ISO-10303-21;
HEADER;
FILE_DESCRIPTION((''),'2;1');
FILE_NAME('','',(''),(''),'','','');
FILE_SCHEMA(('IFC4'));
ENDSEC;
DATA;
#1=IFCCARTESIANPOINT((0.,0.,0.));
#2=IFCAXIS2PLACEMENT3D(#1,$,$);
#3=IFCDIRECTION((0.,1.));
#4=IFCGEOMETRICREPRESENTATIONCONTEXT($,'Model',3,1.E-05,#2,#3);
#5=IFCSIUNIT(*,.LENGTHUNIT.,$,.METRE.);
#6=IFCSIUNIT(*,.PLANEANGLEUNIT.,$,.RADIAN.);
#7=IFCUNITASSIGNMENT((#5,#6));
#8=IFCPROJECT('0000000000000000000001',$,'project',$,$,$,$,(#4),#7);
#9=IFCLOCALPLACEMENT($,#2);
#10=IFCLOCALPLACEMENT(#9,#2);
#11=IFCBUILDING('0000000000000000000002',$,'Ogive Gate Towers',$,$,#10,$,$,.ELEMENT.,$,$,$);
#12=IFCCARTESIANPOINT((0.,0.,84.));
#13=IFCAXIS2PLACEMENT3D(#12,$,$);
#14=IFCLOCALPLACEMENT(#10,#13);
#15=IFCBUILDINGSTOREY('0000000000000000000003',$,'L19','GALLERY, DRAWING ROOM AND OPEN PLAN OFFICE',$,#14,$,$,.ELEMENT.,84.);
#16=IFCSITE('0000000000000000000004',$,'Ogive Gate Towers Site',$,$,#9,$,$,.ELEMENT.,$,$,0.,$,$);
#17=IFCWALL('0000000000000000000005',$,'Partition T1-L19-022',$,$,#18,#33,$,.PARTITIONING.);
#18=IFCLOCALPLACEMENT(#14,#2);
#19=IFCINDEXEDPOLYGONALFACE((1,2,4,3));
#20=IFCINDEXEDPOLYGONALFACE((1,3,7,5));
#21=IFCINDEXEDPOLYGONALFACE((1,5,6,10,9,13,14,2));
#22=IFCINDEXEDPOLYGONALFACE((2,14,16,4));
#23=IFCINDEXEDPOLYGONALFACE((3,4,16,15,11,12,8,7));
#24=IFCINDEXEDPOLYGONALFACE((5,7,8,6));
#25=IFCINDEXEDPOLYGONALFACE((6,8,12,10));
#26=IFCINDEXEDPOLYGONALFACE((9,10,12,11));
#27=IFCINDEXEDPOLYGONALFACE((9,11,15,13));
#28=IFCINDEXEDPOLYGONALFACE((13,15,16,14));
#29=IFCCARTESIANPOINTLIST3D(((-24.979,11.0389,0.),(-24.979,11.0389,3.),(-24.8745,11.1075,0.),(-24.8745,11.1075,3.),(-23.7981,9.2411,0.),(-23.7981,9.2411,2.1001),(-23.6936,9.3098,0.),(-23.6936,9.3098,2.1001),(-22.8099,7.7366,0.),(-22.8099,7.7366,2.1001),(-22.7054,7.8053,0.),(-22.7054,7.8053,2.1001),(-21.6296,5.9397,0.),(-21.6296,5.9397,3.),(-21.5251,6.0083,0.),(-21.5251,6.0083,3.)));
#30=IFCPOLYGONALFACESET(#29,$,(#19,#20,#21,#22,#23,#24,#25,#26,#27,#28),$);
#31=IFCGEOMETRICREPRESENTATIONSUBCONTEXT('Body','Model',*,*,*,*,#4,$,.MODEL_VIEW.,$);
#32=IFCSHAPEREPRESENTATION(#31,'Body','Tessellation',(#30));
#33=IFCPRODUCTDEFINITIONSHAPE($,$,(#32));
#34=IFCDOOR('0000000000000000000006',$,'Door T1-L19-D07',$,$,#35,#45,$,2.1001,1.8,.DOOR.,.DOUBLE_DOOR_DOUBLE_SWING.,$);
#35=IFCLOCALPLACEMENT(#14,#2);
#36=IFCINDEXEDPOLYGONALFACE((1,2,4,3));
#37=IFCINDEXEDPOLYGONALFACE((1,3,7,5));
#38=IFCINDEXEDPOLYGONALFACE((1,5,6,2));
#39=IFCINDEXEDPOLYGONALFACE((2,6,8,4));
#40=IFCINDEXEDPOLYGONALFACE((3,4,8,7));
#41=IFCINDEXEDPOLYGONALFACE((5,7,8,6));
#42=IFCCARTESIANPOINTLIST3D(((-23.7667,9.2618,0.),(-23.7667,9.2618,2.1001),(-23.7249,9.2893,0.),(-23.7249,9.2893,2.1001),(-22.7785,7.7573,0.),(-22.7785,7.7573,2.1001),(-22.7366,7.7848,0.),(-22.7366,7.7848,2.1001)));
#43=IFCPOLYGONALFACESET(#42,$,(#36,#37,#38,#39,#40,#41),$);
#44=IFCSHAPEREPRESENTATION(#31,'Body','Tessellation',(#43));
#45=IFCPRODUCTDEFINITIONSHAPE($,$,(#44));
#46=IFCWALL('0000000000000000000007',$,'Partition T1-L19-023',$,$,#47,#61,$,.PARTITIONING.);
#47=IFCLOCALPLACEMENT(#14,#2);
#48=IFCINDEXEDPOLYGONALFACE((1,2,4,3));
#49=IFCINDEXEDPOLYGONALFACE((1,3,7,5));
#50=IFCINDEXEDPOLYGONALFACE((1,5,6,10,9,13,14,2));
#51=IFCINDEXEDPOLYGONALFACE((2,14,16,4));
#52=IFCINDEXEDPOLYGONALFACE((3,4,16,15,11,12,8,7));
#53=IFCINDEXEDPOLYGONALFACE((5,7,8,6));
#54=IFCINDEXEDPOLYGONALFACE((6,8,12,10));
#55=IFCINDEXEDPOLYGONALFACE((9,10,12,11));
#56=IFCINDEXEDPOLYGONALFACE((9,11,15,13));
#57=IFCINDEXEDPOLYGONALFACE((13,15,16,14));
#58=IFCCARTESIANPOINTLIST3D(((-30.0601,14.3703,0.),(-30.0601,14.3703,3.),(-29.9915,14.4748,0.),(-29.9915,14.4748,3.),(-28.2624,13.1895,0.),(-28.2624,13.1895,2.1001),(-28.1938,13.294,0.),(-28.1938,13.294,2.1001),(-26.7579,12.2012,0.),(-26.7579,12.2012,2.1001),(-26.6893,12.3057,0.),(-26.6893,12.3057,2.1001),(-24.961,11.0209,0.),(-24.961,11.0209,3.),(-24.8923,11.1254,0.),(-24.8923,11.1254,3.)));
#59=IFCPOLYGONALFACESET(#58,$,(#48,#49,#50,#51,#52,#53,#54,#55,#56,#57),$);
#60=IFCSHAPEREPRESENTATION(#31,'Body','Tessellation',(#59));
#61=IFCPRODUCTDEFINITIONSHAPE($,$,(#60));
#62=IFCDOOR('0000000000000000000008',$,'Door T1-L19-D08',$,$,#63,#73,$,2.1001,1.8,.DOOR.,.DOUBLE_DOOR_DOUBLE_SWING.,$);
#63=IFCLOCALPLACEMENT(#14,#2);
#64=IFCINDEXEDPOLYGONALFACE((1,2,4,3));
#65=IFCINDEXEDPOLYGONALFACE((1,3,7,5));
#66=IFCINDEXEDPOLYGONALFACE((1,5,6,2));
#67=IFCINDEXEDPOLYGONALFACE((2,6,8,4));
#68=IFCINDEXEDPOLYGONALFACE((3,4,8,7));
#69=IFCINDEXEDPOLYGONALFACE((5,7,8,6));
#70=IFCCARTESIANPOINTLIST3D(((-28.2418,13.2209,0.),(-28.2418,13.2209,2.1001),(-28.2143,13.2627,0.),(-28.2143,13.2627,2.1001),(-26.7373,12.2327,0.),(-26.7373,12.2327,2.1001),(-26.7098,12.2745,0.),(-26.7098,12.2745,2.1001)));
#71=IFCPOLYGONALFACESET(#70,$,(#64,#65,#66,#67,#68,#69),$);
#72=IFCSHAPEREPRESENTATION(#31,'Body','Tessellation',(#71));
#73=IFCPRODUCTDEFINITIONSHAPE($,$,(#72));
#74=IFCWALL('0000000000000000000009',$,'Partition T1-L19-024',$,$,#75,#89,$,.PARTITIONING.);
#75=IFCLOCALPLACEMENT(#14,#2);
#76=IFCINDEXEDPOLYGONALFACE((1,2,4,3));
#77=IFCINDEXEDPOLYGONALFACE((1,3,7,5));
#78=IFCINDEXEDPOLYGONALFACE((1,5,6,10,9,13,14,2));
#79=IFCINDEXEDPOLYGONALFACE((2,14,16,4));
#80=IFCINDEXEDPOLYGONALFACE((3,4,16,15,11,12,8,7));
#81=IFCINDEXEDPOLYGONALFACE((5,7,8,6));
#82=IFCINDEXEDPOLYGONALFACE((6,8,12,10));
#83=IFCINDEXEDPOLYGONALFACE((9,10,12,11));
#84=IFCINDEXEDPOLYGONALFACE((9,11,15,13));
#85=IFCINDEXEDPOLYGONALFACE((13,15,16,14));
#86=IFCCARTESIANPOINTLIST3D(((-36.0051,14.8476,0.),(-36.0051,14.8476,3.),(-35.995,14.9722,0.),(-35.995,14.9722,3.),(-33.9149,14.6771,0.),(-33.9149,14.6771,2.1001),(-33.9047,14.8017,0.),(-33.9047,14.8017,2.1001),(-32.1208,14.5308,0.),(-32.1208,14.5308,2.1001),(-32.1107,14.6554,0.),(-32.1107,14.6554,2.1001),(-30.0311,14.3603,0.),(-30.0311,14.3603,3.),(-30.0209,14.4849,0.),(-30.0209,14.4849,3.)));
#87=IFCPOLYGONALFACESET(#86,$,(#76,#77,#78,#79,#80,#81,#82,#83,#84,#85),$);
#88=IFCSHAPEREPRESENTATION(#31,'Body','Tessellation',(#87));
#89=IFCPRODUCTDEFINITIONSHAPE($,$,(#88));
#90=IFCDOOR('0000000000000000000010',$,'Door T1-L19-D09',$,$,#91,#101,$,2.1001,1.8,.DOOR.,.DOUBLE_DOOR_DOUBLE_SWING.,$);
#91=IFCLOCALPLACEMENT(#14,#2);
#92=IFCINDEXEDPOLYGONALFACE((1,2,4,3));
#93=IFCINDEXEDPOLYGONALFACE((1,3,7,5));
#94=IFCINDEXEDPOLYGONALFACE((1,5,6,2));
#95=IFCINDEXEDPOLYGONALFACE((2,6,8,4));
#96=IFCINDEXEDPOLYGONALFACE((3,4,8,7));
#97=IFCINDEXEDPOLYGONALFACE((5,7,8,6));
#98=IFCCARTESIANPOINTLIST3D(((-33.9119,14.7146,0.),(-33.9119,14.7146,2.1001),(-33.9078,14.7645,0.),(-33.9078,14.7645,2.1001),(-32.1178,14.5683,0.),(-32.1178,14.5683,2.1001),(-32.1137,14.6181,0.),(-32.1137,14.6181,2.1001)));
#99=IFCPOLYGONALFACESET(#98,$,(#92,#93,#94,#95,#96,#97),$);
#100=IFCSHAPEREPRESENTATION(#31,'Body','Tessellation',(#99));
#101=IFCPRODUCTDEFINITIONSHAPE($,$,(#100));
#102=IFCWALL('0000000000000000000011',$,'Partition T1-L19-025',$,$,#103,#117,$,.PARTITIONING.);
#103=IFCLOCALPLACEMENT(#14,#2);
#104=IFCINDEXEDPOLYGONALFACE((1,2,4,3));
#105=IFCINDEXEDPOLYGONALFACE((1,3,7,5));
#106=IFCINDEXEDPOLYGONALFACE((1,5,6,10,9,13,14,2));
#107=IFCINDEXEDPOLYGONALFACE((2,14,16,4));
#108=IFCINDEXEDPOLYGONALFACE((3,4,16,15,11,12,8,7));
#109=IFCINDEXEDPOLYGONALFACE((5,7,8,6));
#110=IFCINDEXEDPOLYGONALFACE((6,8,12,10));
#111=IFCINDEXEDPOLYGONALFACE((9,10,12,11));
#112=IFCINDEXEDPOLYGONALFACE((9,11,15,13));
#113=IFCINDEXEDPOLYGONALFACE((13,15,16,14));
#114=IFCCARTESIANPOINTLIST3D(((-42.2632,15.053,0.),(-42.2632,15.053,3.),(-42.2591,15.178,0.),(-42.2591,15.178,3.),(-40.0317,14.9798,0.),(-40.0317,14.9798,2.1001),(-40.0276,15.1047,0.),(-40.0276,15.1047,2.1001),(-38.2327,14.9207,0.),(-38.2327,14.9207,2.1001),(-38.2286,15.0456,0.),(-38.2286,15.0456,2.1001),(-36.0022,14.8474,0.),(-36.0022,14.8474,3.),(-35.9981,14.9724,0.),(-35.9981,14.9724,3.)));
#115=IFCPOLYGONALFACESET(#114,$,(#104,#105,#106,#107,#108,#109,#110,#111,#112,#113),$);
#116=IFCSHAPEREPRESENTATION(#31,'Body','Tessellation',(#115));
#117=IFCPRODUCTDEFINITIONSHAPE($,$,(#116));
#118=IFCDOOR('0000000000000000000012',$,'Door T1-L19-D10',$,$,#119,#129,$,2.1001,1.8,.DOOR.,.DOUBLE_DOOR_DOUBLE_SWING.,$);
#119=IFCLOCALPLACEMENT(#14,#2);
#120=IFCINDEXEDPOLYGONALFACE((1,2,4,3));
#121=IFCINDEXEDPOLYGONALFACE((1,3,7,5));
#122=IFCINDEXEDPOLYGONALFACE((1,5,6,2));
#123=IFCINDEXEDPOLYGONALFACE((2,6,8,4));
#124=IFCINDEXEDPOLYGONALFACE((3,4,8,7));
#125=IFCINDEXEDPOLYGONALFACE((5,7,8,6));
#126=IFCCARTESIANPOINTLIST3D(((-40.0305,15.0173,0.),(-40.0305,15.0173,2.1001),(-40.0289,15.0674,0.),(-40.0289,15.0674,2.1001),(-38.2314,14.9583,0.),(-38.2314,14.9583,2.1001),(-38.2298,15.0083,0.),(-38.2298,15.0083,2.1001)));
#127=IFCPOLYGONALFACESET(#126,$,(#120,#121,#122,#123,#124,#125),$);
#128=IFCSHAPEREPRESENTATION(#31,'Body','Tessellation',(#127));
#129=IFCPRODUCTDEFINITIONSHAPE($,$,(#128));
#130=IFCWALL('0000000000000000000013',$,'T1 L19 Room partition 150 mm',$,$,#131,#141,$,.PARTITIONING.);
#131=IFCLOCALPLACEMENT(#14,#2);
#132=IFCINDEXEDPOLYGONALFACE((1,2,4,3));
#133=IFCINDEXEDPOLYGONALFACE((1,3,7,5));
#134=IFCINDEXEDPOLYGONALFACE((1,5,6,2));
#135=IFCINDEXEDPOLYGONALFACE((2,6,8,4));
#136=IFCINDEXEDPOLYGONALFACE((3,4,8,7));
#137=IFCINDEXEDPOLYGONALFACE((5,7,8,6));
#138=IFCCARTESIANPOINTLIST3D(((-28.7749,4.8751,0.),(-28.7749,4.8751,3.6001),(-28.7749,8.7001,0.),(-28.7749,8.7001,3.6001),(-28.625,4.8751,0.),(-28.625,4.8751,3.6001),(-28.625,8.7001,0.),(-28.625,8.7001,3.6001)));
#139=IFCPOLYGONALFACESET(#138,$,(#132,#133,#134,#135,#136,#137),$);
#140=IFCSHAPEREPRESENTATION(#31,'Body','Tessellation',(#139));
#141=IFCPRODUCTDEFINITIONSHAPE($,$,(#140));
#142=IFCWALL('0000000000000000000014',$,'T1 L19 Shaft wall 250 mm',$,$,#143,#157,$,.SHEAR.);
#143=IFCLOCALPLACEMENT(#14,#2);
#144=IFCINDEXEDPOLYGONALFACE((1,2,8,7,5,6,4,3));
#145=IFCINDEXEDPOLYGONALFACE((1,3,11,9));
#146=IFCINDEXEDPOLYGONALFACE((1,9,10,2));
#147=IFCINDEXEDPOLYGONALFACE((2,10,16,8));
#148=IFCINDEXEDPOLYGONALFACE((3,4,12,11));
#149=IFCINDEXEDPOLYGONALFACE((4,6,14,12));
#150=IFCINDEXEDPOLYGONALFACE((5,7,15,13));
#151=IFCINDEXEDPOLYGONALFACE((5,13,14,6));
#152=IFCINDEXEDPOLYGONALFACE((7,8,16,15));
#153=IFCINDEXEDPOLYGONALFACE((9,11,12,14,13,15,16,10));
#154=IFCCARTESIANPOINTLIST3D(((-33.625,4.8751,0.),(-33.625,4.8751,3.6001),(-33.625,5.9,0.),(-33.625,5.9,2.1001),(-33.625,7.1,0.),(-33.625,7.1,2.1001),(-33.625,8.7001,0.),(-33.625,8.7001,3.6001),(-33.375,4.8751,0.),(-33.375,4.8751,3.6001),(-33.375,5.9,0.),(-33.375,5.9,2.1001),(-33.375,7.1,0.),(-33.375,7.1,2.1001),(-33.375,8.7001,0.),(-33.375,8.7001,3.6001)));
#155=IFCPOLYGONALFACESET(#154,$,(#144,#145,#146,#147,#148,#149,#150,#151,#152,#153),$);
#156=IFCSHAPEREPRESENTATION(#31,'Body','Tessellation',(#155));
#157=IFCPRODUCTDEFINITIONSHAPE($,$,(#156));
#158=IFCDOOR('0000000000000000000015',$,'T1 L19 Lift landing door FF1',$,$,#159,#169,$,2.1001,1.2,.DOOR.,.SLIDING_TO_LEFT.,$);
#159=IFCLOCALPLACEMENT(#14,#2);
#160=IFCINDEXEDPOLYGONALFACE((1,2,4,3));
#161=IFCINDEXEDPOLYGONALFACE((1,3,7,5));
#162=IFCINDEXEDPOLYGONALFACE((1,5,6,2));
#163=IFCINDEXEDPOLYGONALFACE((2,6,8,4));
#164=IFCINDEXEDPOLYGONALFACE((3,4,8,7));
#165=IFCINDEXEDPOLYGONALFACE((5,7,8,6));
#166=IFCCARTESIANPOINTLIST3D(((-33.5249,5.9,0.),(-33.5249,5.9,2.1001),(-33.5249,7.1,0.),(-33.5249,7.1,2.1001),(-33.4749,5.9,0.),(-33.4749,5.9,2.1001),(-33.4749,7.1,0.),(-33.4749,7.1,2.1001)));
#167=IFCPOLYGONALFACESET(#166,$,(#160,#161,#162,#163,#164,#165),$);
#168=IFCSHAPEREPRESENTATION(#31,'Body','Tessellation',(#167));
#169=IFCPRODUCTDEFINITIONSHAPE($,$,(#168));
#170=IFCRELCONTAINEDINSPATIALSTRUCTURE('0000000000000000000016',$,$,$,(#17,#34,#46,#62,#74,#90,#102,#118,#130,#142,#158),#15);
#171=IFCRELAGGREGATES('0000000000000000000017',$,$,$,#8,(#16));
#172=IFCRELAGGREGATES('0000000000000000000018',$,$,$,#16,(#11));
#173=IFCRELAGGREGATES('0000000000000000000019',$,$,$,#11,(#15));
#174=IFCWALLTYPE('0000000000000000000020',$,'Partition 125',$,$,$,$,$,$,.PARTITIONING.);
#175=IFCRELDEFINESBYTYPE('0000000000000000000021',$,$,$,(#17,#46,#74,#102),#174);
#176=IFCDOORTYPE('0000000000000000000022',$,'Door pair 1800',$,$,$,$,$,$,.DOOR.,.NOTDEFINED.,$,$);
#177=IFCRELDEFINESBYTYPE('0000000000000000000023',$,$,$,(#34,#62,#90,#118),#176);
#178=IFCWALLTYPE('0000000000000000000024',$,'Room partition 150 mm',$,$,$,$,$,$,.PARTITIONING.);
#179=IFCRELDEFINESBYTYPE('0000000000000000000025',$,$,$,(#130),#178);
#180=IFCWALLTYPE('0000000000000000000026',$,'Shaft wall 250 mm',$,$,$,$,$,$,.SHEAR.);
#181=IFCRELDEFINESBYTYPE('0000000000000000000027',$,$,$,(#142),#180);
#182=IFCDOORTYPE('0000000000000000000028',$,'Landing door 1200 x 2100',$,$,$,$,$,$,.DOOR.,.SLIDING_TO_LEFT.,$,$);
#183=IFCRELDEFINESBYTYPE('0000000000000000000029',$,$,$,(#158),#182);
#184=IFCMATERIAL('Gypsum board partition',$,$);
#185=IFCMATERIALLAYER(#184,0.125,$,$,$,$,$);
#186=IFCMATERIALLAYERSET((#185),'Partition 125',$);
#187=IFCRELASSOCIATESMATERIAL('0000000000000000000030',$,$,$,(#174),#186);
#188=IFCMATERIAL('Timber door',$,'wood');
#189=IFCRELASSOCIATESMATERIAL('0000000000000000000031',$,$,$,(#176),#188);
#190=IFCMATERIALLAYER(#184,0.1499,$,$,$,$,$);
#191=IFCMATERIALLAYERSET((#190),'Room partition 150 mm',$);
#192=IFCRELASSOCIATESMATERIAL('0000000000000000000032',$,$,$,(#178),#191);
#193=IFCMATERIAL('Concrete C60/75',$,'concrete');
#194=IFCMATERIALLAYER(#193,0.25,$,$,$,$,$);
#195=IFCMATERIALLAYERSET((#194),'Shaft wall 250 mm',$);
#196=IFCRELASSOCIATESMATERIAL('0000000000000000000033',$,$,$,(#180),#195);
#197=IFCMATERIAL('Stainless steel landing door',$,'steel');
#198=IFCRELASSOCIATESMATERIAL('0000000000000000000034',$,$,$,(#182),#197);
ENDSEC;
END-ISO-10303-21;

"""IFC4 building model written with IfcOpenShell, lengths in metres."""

from ifc_helpers import new_model, si_unit, direction, frame, frame_2d, origin, place, context, subcontext, project, spatial, rectangle, extrude, material, layer, layer_set, type_object, element, fill, save


model = new_model("IFC4")

# Units and contexts
model_context = context("Model", 3, precision=1e-05, world=origin(), true_north=direction((0.0, 1.0)))
body_context = subcontext(model_context, "Body", "Model", "MODEL_VIEW")
ifc_project = project(units=[si_unit("LENGTHUNIT", "METRE"), si_unit("PLANEANGLEUNIT", "RADIAN")], contexts=[model_context])

# Site, building, storey
site_placement = place(None, origin())
site = spatial("IfcSite", under=ifc_project, at=site_placement, Name="Ogive Gate Towers Site", CompositionType="ELEMENT", RefElevation=0.0)
building_placement = place(site_placement, origin())
building = spatial("IfcBuilding", under=site, at=building_placement, Name="Ogive Gate Towers", CompositionType="ELEMENT")
storey_placement = place(building_placement, frame((0.0, 0.0, 84.0)))
storey = spatial("IfcBuildingStorey", under=building, at=storey_placement, Name="L19", Description="GALLERY, DRAWING ROOM AND OPEN PLAN OFFICE", CompositionType="ELEMENT", Elevation=84.0)

# Shared definitions
ifc_material_1 = material(Name="Gypsum board partition")
ifc_layer_1 = layer(ifc_material_1, 0.125)
ifc_layer_set_1 = layer_set([ifc_layer_1], Name="Partition 125")
wall_type_1 = type_object("IfcWallType", Name="Partition 125", PredefinedType="PARTITIONING", material=ifc_layer_set_1)

# Walls, openings, doors
wall_1_placement = place(storey_placement, frame((-21.5774, 5.9741, 0.0), z_axis=(0.0, 0.0, 1.0), x_axis=(-0.549008, 0.835817, 0.0)))
wall_1 = element("IfcWall", 1, at=wall_1_placement, inside=storey, type_object=wall_type_1, Name="Partition T1-L19-022", PredefinedType="PARTITIONING", context=body_context, shape_type="SweptSolid", body=[
    extrude(rectangle(XDim=6.1008, YDim=0.125, at=frame_2d((3.0503, 0.0))), origin(), (0.0, 0.0, 1.0), 3.0),
])
opening_1_placement = place(wall_1_placement, frame((2.1499, 0.0, 0.0)))
opening_1 = element("IfcOpeningElement", 2, at=opening_1_placement, cuts=wall_1, PredefinedType="OPENING", context=body_context, shape_type="SweptSolid", body=[
    extrude(rectangle(XDim=1.8, YDim=2.1001, at=frame_2d((0.8999, 1.05))), frame((0.0, 0.0725, 0.0), z_axis=(0.0, -1.0, 0.0), x_axis=(1.0, 0.0, 0.0)), (0.0, 0.0, 1.0), 0.145),
])
ifc_material_2 = material(Name="Timber door", Category="wood")
door_type_1 = type_object("IfcDoorType", Name="Door pair 1800", OperationType="NOTDEFINED", PredefinedType="DOOR", material=ifc_material_2)
door_1_placement = place(opening_1_placement, origin())
door_1 = element("IfcDoor", 3, at=door_1_placement, inside=storey, type_object=door_type_1, Name="Door T1-L19-D07", OperationType="DOUBLE_DOOR_DOUBLE_SWING", OverallHeight=2.1001, OverallWidth=1.8, PredefinedType="DOOR", context=body_context, shape_type="SweptSolid", body=[
    extrude(rectangle(XDim=1.8, YDim=2.1001, at=frame_2d((0.8999, 1.05))), frame((0.0, 0.0249, 0.0), z_axis=(0.0, -1.0, 0.0), x_axis=(1.0, 0.0, 0.0)), (0.0, 0.0, 1.0), 0.05),
])
fill(opening_1, door_1)
wall_2_placement = place(storey_placement, frame((-24.9268, 11.0732, 0.0), z_axis=(0.0, 0.0, 1.0), x_axis=(-0.835817, 0.549008, 0.0)))
wall_2 = element("IfcWall", 4, at=wall_2_placement, inside=storey, type_object=wall_type_1, Name="Partition T1-L19-023", PredefinedType="PARTITIONING", context=body_context, shape_type="SweptSolid", body=[
    extrude(rectangle(XDim=6.1008, YDim=0.125, at=frame_2d((3.0503, 0.0))), origin(), (0.0, 0.0, 1.0), 3.0),
])
opening_2_placement = place(wall_2_placement, frame((2.1499, 0.0, 0.0)))
opening_2 = element("IfcOpeningElement", 5, at=opening_2_placement, cuts=wall_2, PredefinedType="OPENING", context=body_context, shape_type="SweptSolid", body=[
    extrude(rectangle(XDim=1.8, YDim=2.1001, at=frame_2d((0.8999, 1.05))), frame((0.0, 0.0725, 0.0), z_axis=(0.0, -1.0, 0.0), x_axis=(1.0, 0.0, 0.0)), (0.0, 0.0, 1.0), 0.145),
])
door_2_placement = place(opening_2_placement, origin())
door_2 = element("IfcDoor", 6, at=door_2_placement, inside=storey, type_object=door_type_1, Name="Door T1-L19-D08", OperationType="DOUBLE_DOOR_DOUBLE_SWING", OverallHeight=2.1001, OverallWidth=1.8, PredefinedType="DOOR", context=body_context, shape_type="SweptSolid", body=[
    extrude(rectangle(XDim=1.8, YDim=2.1001, at=frame_2d((0.8999, 1.05))), frame((0.0, 0.0249, 0.0), z_axis=(0.0, -1.0, 0.0), x_axis=(1.0, 0.0, 0.0)), (0.0, 0.0, 1.0), 0.05),
])
fill(opening_2, door_2)
wall_3_placement = place(storey_placement, frame((-30.0259, 14.4226, 0.0), z_axis=(0.0, 0.0, 1.0), x_axis=(-0.99669, 0.081299, 0.0)))
wall_3 = element("IfcWall", 7, at=wall_3_placement, inside=storey, type_object=wall_type_1, Name="Partition T1-L19-024", PredefinedType="PARTITIONING", context=body_context, shape_type="SweptSolid", body=[
    extrude(rectangle(XDim=5.9939, YDim=0.125, at=frame_2d((2.9971, 0.0))), origin(), (0.0, 0.0, 1.0), 3.0),
])
opening_3_placement = place(wall_3_placement, frame((2.0969, 0.0, 0.0)))
opening_3 = element("IfcOpeningElement", 8, at=opening_3_placement, cuts=wall_3, PredefinedType="OPENING", context=body_context, shape_type="SweptSolid", body=[
    extrude(rectangle(XDim=1.8, YDim=2.1001, at=frame_2d((0.8999, 1.05))), frame((0.0, 0.0725, 0.0), z_axis=(0.0, -1.0, 0.0), x_axis=(1.0, 0.0, 0.0)), (0.0, 0.0, 1.0), 0.145),
])
door_3_placement = place(opening_3_placement, origin())
door_3 = element("IfcDoor", 9, at=door_3_placement, inside=storey, type_object=door_type_1, Name="Door T1-L19-D09", OperationType="DOUBLE_DOOR_DOUBLE_SWING", OverallHeight=2.1001, OverallWidth=1.8, PredefinedType="DOOR", context=body_context, shape_type="SweptSolid", body=[
    extrude(rectangle(XDim=1.8, YDim=2.1001, at=frame_2d((0.8999, 1.05))), frame((0.0, 0.0249, 0.0), z_axis=(0.0, -1.0, 0.0), x_axis=(1.0, 0.0, 0.0)), (0.0, 0.0, 1.0), 0.05),
])
fill(opening_3, door_3)
wall_4_placement = place(storey_placement, frame((-36.0, 14.9099, 0.0), z_axis=(0.0, 0.0, 1.0), x_axis=(-0.999461, 0.032815, 0.0)))
wall_4 = element("IfcWall", 10, at=wall_4_placement, inside=storey, type_object=wall_type_1, Name="Partition T1-L19-025", PredefinedType="PARTITIONING", context=body_context, shape_type="SweptSolid", body=[
    extrude(rectangle(XDim=6.2644, YDim=0.125, at=frame_2d((3.1323, 0.0))), origin(), (0.0, 0.0, 1.0), 3.0),
])
opening_4_placement = place(wall_4_placement, frame((2.2319, 0.0, 0.0)))
opening_4 = element("IfcOpeningElement", 11, at=opening_4_placement, cuts=wall_4, PredefinedType="OPENING", context=body_context, shape_type="SweptSolid", body=[
    extrude(rectangle(XDim=1.8, YDim=2.1001, at=frame_2d((0.8999, 1.05))), frame((0.0, 0.0725, 0.0), z_axis=(0.0, -1.0, 0.0), x_axis=(1.0, 0.0, 0.0)), (0.0, 0.0, 1.0), 0.145),
])
door_4_placement = place(opening_4_placement, origin())
door_4 = element("IfcDoor", 12, at=door_4_placement, inside=storey, type_object=door_type_1, Name="Door T1-L19-D10", OperationType="DOUBLE_DOOR_DOUBLE_SWING", OverallHeight=2.1001, OverallWidth=1.8, PredefinedType="DOOR", context=body_context, shape_type="SweptSolid", body=[
    extrude(rectangle(XDim=1.8, YDim=2.1001, at=frame_2d((0.8999, 1.05))), frame((0.0, 0.0249, 0.0), z_axis=(0.0, -1.0, 0.0), x_axis=(1.0, 0.0, 0.0)), (0.0, 0.0, 1.0), 0.05),
])
fill(opening_4, door_4)

# Wall
ifc_layer_2 = layer(ifc_material_1, 0.1499)
ifc_layer_set_2 = layer_set([ifc_layer_2], Name="Room partition 150 mm")
wall_type_2 = type_object("IfcWallType", Name="Room partition 150 mm", PredefinedType="PARTITIONING", material=ifc_layer_set_2)
wall_5_placement = place(storey_placement, frame((-28.7, 4.875, 0.0), z_axis=(0.0, 0.0, 1.0), x_axis=(0.0, 1.0, 0.0)))
element("IfcWall", 13, at=wall_5_placement, inside=storey, type_object=wall_type_2, Name="T1 L19 Room partition 150 mm", PredefinedType="PARTITIONING", context=body_context, shape_type="SweptSolid", body=[
    extrude(rectangle(XDim=3.825, YDim=0.1499, at=frame_2d((1.9126, 0.0))), origin(), (0.0, 0.0, 1.0), 3.6001),
])

# Wall, opening, door
ifc_material_3 = material(Name="Concrete C60/75", Category="concrete")
ifc_layer_3 = layer(ifc_material_3, 0.25)
ifc_layer_set_3 = layer_set([ifc_layer_3], Name="Shaft wall 250 mm")
wall_type_3 = type_object("IfcWallType", Name="Shaft wall 250 mm", PredefinedType="SHEAR", material=ifc_layer_set_3)
wall_6_placement = place(storey_placement, frame((-33.5, 4.875, 0.0), z_axis=(0.0, 0.0, 1.0), x_axis=(0.0, 1.0, 0.0)))
wall_6 = element("IfcWall", 14, at=wall_6_placement, inside=storey, type_object=wall_type_3, Name="T1 L19 Shaft wall 250 mm", PredefinedType="SHEAR", context=body_context, shape_type="SweptSolid", body=[
    extrude(rectangle(XDim=3.825, YDim=0.25, at=frame_2d((1.9126, 0.0))), origin(), (0.0, 0.0, 1.0), 3.6001),
])
opening_5_placement = place(wall_6_placement, frame((1.0249, 0.0, 0.0)))
opening_5 = element("IfcOpeningElement", 15, at=opening_5_placement, cuts=wall_6, PredefinedType="OPENING", context=body_context, shape_type="SweptSolid", body=[
    extrude(rectangle(XDim=1.2, YDim=2.1001, at=frame_2d((0.6001, 1.05))), frame((0.0, 0.135, 0.0), z_axis=(0.0, -1.0, 0.0), x_axis=(1.0, 0.0, 0.0)), (0.0, 0.0, 1.0), 0.27),
])
ifc_material_4 = material(Name="Stainless steel landing door", Category="steel")
door_type_2 = type_object("IfcDoorType", Name="Landing door 1200 x 2100", OperationType="SLIDING_TO_LEFT", PredefinedType="DOOR", material=ifc_material_4)
door_5_placement = place(opening_5_placement, origin())
door_5 = element("IfcDoor", 16, at=door_5_placement, inside=storey, type_object=door_type_2, Name="T1 L19 Lift landing door FF1", OperationType="SLIDING_TO_LEFT", OverallHeight=2.1001, OverallWidth=1.2, PredefinedType="DOOR", context=body_context, shape_type="SweptSolid", body=[
    extrude(rectangle(XDim=1.2, YDim=2.1001, at=frame_2d((0.6001, 1.05))), frame((0.0, 0.0249, 0.0), z_axis=(0.0, -1.0, 0.0), x_axis=(1.0, 0.0, 0.0)), (0.0, 0.0, 1.0), 0.05),
])
fill(opening_5, door_5)

save(model, "model.ifc")
